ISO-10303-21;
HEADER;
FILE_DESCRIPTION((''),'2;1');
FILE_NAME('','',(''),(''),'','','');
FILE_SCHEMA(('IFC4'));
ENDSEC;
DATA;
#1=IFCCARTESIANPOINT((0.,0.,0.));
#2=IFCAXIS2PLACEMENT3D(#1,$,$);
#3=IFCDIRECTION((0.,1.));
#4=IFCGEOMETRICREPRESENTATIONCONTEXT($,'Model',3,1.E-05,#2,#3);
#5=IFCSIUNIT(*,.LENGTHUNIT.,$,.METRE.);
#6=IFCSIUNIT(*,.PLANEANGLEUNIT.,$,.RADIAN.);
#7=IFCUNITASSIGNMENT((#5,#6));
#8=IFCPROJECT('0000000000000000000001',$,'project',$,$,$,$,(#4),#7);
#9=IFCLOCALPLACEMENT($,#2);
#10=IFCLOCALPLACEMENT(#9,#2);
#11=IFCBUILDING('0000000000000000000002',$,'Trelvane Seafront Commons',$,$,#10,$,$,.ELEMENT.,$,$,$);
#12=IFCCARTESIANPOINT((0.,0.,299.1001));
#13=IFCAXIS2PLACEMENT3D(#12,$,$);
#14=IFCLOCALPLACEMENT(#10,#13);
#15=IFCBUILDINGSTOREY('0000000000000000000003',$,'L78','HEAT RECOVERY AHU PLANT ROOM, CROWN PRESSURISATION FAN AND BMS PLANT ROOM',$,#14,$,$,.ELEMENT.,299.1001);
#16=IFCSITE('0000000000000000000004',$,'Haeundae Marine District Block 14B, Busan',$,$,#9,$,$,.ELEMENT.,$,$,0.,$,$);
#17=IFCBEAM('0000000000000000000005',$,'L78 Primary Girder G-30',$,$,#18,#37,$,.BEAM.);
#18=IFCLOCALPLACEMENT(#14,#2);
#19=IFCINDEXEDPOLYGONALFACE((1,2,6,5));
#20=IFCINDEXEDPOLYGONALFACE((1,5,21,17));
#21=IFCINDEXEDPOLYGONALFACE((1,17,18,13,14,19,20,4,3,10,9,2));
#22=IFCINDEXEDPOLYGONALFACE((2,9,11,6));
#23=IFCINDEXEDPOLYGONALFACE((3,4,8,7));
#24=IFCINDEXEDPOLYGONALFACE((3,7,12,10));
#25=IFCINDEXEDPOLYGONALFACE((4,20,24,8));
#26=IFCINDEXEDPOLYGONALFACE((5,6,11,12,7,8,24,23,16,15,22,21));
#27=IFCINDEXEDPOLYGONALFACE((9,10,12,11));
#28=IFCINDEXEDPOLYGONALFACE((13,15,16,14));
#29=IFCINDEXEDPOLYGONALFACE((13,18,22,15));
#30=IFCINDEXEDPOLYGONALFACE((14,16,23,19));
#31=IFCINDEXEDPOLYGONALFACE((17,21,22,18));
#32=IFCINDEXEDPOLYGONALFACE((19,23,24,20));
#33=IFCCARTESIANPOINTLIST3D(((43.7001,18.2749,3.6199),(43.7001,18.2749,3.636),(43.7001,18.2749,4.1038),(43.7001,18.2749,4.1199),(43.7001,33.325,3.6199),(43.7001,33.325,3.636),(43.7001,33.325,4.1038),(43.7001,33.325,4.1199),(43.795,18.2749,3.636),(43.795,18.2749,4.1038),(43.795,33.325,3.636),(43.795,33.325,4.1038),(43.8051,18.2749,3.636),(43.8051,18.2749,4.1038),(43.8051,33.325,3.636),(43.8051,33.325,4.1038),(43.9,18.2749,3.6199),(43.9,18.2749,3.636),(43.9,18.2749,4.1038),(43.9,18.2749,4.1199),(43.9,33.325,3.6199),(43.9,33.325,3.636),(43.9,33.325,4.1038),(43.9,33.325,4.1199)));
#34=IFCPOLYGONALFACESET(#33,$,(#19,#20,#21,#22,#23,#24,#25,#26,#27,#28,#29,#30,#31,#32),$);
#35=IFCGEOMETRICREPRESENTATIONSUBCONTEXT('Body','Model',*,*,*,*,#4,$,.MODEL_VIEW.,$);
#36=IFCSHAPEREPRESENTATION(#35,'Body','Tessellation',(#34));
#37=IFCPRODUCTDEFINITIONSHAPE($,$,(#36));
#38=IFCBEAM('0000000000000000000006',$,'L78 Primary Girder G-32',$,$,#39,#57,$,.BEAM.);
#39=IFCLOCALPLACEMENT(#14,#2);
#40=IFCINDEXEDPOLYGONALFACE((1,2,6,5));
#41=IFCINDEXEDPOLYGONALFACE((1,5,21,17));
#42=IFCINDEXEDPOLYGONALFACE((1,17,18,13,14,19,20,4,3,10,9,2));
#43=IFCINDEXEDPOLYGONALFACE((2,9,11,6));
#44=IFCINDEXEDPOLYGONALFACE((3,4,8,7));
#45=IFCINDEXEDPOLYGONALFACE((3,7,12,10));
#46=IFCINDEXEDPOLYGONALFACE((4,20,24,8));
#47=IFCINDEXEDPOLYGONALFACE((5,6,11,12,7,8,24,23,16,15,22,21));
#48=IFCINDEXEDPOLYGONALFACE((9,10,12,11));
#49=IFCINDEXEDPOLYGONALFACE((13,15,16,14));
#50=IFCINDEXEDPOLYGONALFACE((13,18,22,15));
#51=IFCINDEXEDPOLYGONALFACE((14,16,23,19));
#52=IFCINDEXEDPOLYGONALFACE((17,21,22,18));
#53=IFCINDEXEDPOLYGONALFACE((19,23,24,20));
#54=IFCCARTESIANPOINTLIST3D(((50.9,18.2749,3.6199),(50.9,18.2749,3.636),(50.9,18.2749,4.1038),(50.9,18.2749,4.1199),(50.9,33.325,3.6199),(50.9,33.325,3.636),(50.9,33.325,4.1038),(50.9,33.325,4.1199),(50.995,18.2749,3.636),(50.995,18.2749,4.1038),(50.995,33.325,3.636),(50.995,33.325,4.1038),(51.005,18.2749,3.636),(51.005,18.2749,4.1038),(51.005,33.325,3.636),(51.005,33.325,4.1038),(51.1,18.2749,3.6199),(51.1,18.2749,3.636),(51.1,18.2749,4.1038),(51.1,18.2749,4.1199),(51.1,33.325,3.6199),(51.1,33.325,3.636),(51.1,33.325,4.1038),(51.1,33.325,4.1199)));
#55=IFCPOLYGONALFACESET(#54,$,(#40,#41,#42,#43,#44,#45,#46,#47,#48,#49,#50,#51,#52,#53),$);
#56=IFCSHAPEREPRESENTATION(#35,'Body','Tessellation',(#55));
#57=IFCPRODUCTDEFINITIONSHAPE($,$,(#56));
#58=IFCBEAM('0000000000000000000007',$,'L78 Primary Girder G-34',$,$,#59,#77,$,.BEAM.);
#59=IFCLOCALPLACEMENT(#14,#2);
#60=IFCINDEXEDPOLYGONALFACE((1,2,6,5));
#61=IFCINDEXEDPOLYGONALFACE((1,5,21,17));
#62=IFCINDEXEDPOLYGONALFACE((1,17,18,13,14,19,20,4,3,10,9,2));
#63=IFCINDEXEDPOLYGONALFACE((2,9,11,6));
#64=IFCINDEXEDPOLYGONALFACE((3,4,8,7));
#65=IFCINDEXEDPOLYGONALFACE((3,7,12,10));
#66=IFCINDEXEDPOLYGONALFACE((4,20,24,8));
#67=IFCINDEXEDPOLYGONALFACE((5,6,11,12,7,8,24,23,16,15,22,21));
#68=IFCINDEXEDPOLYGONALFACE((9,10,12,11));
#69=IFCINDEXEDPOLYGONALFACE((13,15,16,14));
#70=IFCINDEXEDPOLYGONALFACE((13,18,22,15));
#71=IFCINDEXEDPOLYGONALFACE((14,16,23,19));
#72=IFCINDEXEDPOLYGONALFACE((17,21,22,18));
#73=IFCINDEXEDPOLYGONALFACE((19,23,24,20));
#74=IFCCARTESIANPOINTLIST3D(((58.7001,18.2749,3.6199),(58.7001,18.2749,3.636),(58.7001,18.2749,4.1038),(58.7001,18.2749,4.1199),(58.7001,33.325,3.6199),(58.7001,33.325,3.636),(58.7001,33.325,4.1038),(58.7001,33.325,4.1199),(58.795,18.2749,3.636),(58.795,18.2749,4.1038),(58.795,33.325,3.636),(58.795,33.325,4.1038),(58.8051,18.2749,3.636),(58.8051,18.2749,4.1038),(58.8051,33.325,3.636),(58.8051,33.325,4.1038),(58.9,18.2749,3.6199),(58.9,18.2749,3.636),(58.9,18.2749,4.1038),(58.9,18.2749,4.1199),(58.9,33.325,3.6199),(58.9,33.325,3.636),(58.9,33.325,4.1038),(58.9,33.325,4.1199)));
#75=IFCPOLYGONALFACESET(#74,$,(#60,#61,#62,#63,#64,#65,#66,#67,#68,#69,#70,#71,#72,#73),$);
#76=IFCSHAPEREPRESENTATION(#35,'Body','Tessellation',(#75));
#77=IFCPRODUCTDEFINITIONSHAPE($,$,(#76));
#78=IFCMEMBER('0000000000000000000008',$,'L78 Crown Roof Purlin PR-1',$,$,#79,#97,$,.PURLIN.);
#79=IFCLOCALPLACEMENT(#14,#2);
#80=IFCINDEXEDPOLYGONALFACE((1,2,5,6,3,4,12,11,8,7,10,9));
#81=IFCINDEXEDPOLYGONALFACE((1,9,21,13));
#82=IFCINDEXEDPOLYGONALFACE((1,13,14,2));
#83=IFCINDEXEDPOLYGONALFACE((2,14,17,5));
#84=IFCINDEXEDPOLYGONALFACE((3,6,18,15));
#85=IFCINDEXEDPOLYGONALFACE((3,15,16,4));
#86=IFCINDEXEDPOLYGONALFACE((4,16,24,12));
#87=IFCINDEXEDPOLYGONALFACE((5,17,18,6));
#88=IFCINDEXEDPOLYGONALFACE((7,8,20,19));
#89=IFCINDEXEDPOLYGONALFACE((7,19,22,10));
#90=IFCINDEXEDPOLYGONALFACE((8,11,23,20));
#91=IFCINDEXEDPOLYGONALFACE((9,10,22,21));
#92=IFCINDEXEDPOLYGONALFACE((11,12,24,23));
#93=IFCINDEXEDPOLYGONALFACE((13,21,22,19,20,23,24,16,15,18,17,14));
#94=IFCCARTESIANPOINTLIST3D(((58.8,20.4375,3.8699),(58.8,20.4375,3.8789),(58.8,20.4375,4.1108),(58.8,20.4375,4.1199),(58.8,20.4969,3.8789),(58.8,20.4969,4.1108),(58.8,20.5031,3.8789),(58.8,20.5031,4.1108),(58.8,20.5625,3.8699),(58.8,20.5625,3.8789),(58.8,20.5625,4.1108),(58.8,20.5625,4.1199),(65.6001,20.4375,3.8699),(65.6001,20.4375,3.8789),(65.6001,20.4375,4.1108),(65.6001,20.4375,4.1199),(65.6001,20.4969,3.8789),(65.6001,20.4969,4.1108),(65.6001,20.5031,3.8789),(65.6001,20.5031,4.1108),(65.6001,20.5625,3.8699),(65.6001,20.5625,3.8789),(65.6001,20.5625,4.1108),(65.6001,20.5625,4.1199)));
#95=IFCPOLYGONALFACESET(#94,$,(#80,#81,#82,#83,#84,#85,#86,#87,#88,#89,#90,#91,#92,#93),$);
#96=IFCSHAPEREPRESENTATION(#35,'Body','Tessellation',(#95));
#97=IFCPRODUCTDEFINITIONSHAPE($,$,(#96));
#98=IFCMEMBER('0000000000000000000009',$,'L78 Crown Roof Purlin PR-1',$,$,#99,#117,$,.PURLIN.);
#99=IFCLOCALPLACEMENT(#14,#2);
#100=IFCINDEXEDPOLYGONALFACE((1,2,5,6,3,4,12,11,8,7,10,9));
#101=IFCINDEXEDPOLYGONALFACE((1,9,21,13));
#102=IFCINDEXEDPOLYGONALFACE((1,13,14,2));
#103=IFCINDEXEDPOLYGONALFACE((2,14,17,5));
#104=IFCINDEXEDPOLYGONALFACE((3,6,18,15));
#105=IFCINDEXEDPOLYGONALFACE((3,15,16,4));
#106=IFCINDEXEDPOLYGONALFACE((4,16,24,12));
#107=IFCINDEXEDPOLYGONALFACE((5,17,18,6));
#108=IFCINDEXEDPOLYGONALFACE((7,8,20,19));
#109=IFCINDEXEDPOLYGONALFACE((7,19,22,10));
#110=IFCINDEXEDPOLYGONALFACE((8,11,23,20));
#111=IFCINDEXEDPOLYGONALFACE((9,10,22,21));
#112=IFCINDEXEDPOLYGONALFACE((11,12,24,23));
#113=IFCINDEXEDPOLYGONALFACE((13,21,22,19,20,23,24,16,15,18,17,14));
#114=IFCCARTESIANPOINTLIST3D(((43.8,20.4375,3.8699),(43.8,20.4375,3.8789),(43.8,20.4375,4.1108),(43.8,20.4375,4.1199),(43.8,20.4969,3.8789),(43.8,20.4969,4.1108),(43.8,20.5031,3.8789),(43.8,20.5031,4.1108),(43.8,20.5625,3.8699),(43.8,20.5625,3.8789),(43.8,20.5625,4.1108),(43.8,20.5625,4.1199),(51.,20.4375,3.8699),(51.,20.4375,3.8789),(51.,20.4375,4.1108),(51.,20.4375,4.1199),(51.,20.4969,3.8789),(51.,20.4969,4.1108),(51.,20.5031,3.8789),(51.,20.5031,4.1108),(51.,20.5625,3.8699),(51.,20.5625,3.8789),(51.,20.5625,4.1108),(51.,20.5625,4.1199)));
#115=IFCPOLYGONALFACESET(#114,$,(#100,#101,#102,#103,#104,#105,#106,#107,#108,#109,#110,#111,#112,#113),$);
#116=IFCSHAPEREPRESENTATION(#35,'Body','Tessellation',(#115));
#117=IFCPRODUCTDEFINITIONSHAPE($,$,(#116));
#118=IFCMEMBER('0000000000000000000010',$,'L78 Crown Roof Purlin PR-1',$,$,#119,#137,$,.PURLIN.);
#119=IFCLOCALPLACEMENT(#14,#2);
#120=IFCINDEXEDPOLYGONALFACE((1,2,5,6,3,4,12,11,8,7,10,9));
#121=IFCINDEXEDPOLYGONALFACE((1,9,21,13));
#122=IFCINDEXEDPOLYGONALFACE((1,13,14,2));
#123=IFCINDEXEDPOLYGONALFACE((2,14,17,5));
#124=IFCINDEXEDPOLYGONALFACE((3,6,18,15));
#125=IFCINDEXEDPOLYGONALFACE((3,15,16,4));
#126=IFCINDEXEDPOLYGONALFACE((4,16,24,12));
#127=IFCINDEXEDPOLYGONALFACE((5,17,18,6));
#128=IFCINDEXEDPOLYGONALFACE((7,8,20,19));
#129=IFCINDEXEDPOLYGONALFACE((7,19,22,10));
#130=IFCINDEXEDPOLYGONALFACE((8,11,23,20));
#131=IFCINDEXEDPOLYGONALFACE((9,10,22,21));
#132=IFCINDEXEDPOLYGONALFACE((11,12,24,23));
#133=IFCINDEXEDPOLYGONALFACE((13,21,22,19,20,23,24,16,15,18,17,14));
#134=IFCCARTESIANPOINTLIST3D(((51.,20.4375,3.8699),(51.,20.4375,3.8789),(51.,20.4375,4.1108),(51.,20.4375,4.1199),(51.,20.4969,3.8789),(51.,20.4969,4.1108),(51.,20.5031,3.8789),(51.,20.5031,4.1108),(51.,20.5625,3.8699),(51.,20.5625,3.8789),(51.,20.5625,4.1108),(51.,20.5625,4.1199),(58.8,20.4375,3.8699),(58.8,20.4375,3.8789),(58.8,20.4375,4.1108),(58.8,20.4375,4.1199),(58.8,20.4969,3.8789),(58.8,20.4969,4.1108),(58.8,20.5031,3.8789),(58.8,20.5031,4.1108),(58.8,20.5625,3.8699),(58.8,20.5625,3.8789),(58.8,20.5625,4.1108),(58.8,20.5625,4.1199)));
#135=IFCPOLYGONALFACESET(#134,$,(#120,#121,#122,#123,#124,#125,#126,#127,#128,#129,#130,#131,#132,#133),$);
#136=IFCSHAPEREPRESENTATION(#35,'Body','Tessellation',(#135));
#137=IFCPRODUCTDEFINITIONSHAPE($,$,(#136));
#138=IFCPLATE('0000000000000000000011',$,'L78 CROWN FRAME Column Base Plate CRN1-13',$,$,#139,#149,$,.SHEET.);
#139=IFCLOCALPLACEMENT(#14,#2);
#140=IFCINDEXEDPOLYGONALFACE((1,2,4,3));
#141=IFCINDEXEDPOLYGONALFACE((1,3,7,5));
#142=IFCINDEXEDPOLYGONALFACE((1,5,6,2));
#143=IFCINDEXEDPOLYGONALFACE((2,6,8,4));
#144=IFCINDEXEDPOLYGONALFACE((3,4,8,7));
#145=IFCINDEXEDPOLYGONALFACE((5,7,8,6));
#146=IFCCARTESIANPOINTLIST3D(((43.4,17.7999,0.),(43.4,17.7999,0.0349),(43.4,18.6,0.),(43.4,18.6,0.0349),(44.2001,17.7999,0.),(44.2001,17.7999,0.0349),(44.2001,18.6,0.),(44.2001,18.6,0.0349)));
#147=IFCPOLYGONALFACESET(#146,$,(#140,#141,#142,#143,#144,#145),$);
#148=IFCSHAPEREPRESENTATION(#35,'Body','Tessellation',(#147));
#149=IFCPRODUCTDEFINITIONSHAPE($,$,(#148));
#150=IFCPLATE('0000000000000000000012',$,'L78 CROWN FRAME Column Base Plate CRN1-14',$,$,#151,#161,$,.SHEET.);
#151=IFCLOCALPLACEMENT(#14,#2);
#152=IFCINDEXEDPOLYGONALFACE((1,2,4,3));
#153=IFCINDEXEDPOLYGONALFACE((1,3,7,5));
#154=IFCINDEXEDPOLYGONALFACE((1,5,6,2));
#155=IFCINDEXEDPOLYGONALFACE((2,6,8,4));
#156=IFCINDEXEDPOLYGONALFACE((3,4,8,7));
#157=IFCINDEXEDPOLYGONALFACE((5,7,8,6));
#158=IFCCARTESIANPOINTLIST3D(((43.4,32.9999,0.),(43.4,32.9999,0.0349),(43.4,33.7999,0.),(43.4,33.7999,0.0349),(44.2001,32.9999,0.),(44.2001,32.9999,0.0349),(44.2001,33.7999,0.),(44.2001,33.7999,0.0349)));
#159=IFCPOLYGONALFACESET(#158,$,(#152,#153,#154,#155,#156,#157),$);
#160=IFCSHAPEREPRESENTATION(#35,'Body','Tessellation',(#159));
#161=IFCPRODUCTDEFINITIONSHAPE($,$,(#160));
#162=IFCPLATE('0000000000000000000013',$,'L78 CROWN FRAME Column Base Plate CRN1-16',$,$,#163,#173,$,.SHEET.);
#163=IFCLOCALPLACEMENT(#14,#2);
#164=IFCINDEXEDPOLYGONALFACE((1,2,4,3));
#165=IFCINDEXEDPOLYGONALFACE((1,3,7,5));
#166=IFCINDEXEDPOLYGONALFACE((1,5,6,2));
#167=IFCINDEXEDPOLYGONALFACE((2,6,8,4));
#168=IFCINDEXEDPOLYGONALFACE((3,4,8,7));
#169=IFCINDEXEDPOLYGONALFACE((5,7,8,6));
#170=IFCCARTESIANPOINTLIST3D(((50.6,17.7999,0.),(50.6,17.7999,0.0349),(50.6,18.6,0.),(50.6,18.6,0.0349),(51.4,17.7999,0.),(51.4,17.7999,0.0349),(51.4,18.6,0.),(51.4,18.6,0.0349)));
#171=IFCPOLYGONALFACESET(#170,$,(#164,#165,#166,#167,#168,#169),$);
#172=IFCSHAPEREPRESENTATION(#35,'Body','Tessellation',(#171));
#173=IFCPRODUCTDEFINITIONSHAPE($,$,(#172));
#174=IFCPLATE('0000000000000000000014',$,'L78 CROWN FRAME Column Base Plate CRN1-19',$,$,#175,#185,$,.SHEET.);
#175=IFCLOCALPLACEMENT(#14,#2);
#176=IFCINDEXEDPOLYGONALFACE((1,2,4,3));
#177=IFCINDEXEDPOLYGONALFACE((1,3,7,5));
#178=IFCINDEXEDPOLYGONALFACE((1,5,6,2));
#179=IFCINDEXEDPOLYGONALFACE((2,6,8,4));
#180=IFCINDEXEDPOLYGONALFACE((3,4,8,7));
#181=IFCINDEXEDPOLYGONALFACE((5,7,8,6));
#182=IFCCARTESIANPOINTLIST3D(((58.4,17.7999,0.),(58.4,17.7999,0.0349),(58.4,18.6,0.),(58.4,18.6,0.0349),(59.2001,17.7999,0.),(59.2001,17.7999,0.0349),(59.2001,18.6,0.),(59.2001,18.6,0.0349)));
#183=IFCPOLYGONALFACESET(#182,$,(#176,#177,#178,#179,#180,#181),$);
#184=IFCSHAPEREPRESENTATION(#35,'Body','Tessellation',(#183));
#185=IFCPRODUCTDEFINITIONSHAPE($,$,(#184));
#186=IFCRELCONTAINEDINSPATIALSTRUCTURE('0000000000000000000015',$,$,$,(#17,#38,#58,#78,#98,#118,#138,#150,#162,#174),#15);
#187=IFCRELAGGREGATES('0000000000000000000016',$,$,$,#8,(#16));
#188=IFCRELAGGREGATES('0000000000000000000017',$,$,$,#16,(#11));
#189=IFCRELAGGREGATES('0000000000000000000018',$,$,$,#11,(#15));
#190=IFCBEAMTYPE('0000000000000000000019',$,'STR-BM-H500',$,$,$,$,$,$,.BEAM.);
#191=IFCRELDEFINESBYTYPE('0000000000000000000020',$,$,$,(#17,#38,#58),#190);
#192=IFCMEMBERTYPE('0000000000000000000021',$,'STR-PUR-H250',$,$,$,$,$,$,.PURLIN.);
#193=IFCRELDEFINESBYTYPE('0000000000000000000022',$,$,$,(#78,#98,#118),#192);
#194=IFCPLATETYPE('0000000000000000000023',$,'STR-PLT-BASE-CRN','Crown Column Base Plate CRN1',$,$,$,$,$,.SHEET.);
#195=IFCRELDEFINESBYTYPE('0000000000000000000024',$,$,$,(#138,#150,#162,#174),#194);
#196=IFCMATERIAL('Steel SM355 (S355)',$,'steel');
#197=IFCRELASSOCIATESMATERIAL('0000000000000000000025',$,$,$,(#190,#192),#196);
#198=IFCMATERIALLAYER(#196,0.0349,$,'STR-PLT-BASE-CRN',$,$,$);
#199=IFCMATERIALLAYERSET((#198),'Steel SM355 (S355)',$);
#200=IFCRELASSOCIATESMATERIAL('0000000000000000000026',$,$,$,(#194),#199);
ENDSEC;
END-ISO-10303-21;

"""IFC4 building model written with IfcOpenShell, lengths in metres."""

from ifc_helpers import new_model, si_unit, direction, frame, origin, origin_2d, place, context, subcontext, project, spatial, rectangle, i_section, extrude, source, transform, mapped, material, layer, layer_set, material_profile, profile_set, type_object, element, save


model = new_model("IFC4")

# Units and contexts
model_context = context("Model", 3, precision=1e-05, world=origin(), true_north=direction((0.0, 1.0)))
body_context = subcontext(model_context, "Body", "Model", "MODEL_VIEW")
ifc_project = project(units=[si_unit("LENGTHUNIT", "METRE"), si_unit("PLANEANGLEUNIT", "RADIAN")], contexts=[model_context])

# Site, building, storey
site_placement = place(None, origin())
site = spatial("IfcSite", under=ifc_project, at=site_placement, Name="Haeundae Marine District Block 14B, Busan", CompositionType="ELEMENT", RefElevation=0.0)
building_placement = place(site_placement, origin())
building = spatial("IfcBuilding", under=site, at=building_placement, Name="Trelvane Seafront Commons", CompositionType="ELEMENT")
storey_placement = place(building_placement, frame((0.0, 0.0, 299.1001)))
storey = spatial("IfcBuildingStorey", under=building, at=storey_placement, Name="L78", Description="HEAT RECOVERY AHU PLANT ROOM, CROWN PRESSURISATION FAN AND BMS PLANT ROOM", CompositionType="ELEMENT", Elevation=299.1001)

# Shared definitions
ifc_material_1 = material(Name="Steel SM355 (S355)", Category="steel")

# Beams
ifc_material_profile_1 = material_profile(ifc_material_1, i_section(OverallWidth=0.2, OverallDepth=0.5, WebThickness=0.01, FlangeThickness=0.0161, at=origin_2d()), Name="H-500x200x10x16")
ifc_profile_set_1 = profile_set([ifc_material_profile_1], Name="Steel SM355 (S355)")
beam_type_1 = type_object("IfcBeamType", Name="STR-BM-H500", PredefinedType="BEAM", material=ifc_profile_set_1)
shared_shape_1 = source(origin(), body_context, "Body", "SweptSolid", [
    extrude(i_section(OverallWidth=0.2, OverallDepth=0.5, WebThickness=0.01, FlangeThickness=0.0161, at=origin_2d()), origin(), (0.0, 0.0, 1.0), 15.05),
])
for number, where, z_axis, x_axis, name in (
    (1, (43.8, 18.2749, 3.8699), (0.0, 1.0, 0.0), (-1.0, 0.0, 0.0), "L78 Primary Girder G-30"),
    (2, (51.0, 18.2749, 3.8699), (0.0, 1.0, 0.0), (-1.0, 0.0, 0.0), "L78 Primary Girder G-32"),
    (3, (58.8, 18.2749, 3.8699), (0.0, 1.0, 0.0), (-1.0, 0.0, 0.0), "L78 Primary Girder G-34"),
):
    element("IfcBeam", number, at=place(storey_placement, frame(where, z_axis=z_axis, x_axis=x_axis)), inside=storey, type_object=beam_type_1, Name=name, PredefinedType="BEAM", context=body_context, shape_type="MappedRepresentation", body=[
        mapped(shared_shape_1, transform((0.0, 0.0, 0.0), x_axis=(1.0, 0.0, 0.0), y_axis=(0.0, 1.0, 0.0), z_axis=(0.0, 0.0, 1.0), scale=1.0)),
    ])

# Members
ifc_material_profile_2 = material_profile(ifc_material_1, i_section(OverallWidth=0.125, OverallDepth=0.25, WebThickness=0.0061, FlangeThickness=0.009, at=origin_2d()), Name="H-250x125x6x9")
ifc_profile_set_2 = profile_set([ifc_material_profile_2], Name="Steel SM355 (S355)")
member_type = type_object("IfcMemberType", Name="STR-PUR-H250", PredefinedType="PURLIN", material=ifc_profile_set_2)
shared_shape_2 = source(origin(), body_context, "Body", "SweptSolid", [
    extrude(i_section(OverallWidth=0.125, OverallDepth=0.25, WebThickness=0.0061, FlangeThickness=0.009, at=origin_2d()), origin(), (0.0, 0.0, 1.0), 6.8),
])
member_1_placement = place(storey_placement, frame((58.8, 20.5, 3.9949), z_axis=(1.0, 0.0, 0.0), x_axis=(0.0, 1.0, 0.0)))
element("IfcMember", 4, at=member_1_placement, inside=storey, type_object=member_type, Name="L78 Crown Roof Purlin PR-1", PredefinedType="PURLIN", context=body_context, shape_type="MappedRepresentation", body=[
    mapped(shared_shape_2, transform((0.0, 0.0, 0.0), x_axis=(1.0, 0.0, 0.0), y_axis=(0.0, 1.0, 0.0), z_axis=(0.0, 0.0, 1.0), scale=1.0)),
])
shared_shape_3 = source(origin(), body_context, "Body", "SweptSolid", [
    extrude(i_section(OverallWidth=0.125, OverallDepth=0.25, WebThickness=0.0061, FlangeThickness=0.009, at=origin_2d()), origin(), (0.0, 0.0, 1.0), 7.2),
])
member_2_placement = place(storey_placement, frame((43.8, 20.5, 3.9949), z_axis=(1.0, 0.0, 0.0), x_axis=(0.0, 1.0, 0.0)))
element("IfcMember", 5, at=member_2_placement, inside=storey, type_object=member_type, Name="L78 Crown Roof Purlin PR-1", PredefinedType="PURLIN", context=body_context, shape_type="MappedRepresentation", body=[
    mapped(shared_shape_3, transform((0.0, 0.0, 0.0), x_axis=(1.0, 0.0, 0.0), y_axis=(0.0, 1.0, 0.0), z_axis=(0.0, 0.0, 1.0), scale=1.0)),
])
shared_shape_4 = source(origin(), body_context, "Body", "SweptSolid", [
    extrude(i_section(OverallWidth=0.125, OverallDepth=0.25, WebThickness=0.0061, FlangeThickness=0.009, at=origin_2d()), origin(), (0.0, 0.0, 1.0), 7.8),
])
member_3_placement = place(storey_placement, frame((51.0, 20.5, 3.9949), z_axis=(1.0, 0.0, 0.0), x_axis=(0.0, 1.0, 0.0)))
element("IfcMember", 6, at=member_3_placement, inside=storey, type_object=member_type, Name="L78 Crown Roof Purlin PR-1", PredefinedType="PURLIN", context=body_context, shape_type="MappedRepresentation", body=[
    mapped(shared_shape_4, transform((0.0, 0.0, 0.0), x_axis=(1.0, 0.0, 0.0), y_axis=(0.0, 1.0, 0.0), z_axis=(0.0, 0.0, 1.0), scale=1.0)),
])

# Plates
ifc_layer_1 = layer(ifc_material_1, 0.0349, Name="STR-PLT-BASE-CRN")
ifc_layer_set_1 = layer_set([ifc_layer_1], Name="Steel SM355 (S355)")
plate_type = type_object("IfcPlateType", Name="STR-PLT-BASE-CRN", Description="Crown Column Base Plate CRN1", PredefinedType="SHEET", material=ifc_layer_set_1)
shared_shape_5 = source(origin(), body_context, "Body", "SweptSolid", [
    extrude(rectangle(XDim=0.8, YDim=0.8, at=origin_2d()), origin(), (0.0, 0.0, 1.0), 0.0349),
])
for number, where, z_axis, x_axis, name in (
    (7, (43.8, 18.2, 0.0), (0.0, 0.0, 1.0), (1.0, 0.0, 0.0), "L78 CROWN FRAME Column Base Plate CRN1-13"),
    (8, (43.8, 33.3999, 0.0), (0.0, 0.0, 1.0), (1.0, 0.0, 0.0), "L78 CROWN FRAME Column Base Plate CRN1-14"),
    (9, (51.0, 18.2, 0.0), (0.0, 0.0, 1.0), (1.0, 0.0, 0.0), "L78 CROWN FRAME Column Base Plate CRN1-16"),
    (10, (58.8, 18.2, 0.0), (0.0, 0.0, 1.0), (1.0, 0.0, 0.0), "L78 CROWN FRAME Column Base Plate CRN1-19"),
):
    element("IfcPlate", number, at=place(storey_placement, frame(where, z_axis=z_axis, x_axis=x_axis)), inside=storey, type_object=plate_type, Name=name, PredefinedType="SHEET", context=body_context, shape_type="MappedRepresentation", body=[
        mapped(shared_shape_5, transform((0.0, 0.0, 0.0), x_axis=(1.0, 0.0, 0.0), y_axis=(0.0, 1.0, 0.0), z_axis=(0.0, 0.0, 1.0), scale=1.0)),
    ])

save(model, "model.ifc")
